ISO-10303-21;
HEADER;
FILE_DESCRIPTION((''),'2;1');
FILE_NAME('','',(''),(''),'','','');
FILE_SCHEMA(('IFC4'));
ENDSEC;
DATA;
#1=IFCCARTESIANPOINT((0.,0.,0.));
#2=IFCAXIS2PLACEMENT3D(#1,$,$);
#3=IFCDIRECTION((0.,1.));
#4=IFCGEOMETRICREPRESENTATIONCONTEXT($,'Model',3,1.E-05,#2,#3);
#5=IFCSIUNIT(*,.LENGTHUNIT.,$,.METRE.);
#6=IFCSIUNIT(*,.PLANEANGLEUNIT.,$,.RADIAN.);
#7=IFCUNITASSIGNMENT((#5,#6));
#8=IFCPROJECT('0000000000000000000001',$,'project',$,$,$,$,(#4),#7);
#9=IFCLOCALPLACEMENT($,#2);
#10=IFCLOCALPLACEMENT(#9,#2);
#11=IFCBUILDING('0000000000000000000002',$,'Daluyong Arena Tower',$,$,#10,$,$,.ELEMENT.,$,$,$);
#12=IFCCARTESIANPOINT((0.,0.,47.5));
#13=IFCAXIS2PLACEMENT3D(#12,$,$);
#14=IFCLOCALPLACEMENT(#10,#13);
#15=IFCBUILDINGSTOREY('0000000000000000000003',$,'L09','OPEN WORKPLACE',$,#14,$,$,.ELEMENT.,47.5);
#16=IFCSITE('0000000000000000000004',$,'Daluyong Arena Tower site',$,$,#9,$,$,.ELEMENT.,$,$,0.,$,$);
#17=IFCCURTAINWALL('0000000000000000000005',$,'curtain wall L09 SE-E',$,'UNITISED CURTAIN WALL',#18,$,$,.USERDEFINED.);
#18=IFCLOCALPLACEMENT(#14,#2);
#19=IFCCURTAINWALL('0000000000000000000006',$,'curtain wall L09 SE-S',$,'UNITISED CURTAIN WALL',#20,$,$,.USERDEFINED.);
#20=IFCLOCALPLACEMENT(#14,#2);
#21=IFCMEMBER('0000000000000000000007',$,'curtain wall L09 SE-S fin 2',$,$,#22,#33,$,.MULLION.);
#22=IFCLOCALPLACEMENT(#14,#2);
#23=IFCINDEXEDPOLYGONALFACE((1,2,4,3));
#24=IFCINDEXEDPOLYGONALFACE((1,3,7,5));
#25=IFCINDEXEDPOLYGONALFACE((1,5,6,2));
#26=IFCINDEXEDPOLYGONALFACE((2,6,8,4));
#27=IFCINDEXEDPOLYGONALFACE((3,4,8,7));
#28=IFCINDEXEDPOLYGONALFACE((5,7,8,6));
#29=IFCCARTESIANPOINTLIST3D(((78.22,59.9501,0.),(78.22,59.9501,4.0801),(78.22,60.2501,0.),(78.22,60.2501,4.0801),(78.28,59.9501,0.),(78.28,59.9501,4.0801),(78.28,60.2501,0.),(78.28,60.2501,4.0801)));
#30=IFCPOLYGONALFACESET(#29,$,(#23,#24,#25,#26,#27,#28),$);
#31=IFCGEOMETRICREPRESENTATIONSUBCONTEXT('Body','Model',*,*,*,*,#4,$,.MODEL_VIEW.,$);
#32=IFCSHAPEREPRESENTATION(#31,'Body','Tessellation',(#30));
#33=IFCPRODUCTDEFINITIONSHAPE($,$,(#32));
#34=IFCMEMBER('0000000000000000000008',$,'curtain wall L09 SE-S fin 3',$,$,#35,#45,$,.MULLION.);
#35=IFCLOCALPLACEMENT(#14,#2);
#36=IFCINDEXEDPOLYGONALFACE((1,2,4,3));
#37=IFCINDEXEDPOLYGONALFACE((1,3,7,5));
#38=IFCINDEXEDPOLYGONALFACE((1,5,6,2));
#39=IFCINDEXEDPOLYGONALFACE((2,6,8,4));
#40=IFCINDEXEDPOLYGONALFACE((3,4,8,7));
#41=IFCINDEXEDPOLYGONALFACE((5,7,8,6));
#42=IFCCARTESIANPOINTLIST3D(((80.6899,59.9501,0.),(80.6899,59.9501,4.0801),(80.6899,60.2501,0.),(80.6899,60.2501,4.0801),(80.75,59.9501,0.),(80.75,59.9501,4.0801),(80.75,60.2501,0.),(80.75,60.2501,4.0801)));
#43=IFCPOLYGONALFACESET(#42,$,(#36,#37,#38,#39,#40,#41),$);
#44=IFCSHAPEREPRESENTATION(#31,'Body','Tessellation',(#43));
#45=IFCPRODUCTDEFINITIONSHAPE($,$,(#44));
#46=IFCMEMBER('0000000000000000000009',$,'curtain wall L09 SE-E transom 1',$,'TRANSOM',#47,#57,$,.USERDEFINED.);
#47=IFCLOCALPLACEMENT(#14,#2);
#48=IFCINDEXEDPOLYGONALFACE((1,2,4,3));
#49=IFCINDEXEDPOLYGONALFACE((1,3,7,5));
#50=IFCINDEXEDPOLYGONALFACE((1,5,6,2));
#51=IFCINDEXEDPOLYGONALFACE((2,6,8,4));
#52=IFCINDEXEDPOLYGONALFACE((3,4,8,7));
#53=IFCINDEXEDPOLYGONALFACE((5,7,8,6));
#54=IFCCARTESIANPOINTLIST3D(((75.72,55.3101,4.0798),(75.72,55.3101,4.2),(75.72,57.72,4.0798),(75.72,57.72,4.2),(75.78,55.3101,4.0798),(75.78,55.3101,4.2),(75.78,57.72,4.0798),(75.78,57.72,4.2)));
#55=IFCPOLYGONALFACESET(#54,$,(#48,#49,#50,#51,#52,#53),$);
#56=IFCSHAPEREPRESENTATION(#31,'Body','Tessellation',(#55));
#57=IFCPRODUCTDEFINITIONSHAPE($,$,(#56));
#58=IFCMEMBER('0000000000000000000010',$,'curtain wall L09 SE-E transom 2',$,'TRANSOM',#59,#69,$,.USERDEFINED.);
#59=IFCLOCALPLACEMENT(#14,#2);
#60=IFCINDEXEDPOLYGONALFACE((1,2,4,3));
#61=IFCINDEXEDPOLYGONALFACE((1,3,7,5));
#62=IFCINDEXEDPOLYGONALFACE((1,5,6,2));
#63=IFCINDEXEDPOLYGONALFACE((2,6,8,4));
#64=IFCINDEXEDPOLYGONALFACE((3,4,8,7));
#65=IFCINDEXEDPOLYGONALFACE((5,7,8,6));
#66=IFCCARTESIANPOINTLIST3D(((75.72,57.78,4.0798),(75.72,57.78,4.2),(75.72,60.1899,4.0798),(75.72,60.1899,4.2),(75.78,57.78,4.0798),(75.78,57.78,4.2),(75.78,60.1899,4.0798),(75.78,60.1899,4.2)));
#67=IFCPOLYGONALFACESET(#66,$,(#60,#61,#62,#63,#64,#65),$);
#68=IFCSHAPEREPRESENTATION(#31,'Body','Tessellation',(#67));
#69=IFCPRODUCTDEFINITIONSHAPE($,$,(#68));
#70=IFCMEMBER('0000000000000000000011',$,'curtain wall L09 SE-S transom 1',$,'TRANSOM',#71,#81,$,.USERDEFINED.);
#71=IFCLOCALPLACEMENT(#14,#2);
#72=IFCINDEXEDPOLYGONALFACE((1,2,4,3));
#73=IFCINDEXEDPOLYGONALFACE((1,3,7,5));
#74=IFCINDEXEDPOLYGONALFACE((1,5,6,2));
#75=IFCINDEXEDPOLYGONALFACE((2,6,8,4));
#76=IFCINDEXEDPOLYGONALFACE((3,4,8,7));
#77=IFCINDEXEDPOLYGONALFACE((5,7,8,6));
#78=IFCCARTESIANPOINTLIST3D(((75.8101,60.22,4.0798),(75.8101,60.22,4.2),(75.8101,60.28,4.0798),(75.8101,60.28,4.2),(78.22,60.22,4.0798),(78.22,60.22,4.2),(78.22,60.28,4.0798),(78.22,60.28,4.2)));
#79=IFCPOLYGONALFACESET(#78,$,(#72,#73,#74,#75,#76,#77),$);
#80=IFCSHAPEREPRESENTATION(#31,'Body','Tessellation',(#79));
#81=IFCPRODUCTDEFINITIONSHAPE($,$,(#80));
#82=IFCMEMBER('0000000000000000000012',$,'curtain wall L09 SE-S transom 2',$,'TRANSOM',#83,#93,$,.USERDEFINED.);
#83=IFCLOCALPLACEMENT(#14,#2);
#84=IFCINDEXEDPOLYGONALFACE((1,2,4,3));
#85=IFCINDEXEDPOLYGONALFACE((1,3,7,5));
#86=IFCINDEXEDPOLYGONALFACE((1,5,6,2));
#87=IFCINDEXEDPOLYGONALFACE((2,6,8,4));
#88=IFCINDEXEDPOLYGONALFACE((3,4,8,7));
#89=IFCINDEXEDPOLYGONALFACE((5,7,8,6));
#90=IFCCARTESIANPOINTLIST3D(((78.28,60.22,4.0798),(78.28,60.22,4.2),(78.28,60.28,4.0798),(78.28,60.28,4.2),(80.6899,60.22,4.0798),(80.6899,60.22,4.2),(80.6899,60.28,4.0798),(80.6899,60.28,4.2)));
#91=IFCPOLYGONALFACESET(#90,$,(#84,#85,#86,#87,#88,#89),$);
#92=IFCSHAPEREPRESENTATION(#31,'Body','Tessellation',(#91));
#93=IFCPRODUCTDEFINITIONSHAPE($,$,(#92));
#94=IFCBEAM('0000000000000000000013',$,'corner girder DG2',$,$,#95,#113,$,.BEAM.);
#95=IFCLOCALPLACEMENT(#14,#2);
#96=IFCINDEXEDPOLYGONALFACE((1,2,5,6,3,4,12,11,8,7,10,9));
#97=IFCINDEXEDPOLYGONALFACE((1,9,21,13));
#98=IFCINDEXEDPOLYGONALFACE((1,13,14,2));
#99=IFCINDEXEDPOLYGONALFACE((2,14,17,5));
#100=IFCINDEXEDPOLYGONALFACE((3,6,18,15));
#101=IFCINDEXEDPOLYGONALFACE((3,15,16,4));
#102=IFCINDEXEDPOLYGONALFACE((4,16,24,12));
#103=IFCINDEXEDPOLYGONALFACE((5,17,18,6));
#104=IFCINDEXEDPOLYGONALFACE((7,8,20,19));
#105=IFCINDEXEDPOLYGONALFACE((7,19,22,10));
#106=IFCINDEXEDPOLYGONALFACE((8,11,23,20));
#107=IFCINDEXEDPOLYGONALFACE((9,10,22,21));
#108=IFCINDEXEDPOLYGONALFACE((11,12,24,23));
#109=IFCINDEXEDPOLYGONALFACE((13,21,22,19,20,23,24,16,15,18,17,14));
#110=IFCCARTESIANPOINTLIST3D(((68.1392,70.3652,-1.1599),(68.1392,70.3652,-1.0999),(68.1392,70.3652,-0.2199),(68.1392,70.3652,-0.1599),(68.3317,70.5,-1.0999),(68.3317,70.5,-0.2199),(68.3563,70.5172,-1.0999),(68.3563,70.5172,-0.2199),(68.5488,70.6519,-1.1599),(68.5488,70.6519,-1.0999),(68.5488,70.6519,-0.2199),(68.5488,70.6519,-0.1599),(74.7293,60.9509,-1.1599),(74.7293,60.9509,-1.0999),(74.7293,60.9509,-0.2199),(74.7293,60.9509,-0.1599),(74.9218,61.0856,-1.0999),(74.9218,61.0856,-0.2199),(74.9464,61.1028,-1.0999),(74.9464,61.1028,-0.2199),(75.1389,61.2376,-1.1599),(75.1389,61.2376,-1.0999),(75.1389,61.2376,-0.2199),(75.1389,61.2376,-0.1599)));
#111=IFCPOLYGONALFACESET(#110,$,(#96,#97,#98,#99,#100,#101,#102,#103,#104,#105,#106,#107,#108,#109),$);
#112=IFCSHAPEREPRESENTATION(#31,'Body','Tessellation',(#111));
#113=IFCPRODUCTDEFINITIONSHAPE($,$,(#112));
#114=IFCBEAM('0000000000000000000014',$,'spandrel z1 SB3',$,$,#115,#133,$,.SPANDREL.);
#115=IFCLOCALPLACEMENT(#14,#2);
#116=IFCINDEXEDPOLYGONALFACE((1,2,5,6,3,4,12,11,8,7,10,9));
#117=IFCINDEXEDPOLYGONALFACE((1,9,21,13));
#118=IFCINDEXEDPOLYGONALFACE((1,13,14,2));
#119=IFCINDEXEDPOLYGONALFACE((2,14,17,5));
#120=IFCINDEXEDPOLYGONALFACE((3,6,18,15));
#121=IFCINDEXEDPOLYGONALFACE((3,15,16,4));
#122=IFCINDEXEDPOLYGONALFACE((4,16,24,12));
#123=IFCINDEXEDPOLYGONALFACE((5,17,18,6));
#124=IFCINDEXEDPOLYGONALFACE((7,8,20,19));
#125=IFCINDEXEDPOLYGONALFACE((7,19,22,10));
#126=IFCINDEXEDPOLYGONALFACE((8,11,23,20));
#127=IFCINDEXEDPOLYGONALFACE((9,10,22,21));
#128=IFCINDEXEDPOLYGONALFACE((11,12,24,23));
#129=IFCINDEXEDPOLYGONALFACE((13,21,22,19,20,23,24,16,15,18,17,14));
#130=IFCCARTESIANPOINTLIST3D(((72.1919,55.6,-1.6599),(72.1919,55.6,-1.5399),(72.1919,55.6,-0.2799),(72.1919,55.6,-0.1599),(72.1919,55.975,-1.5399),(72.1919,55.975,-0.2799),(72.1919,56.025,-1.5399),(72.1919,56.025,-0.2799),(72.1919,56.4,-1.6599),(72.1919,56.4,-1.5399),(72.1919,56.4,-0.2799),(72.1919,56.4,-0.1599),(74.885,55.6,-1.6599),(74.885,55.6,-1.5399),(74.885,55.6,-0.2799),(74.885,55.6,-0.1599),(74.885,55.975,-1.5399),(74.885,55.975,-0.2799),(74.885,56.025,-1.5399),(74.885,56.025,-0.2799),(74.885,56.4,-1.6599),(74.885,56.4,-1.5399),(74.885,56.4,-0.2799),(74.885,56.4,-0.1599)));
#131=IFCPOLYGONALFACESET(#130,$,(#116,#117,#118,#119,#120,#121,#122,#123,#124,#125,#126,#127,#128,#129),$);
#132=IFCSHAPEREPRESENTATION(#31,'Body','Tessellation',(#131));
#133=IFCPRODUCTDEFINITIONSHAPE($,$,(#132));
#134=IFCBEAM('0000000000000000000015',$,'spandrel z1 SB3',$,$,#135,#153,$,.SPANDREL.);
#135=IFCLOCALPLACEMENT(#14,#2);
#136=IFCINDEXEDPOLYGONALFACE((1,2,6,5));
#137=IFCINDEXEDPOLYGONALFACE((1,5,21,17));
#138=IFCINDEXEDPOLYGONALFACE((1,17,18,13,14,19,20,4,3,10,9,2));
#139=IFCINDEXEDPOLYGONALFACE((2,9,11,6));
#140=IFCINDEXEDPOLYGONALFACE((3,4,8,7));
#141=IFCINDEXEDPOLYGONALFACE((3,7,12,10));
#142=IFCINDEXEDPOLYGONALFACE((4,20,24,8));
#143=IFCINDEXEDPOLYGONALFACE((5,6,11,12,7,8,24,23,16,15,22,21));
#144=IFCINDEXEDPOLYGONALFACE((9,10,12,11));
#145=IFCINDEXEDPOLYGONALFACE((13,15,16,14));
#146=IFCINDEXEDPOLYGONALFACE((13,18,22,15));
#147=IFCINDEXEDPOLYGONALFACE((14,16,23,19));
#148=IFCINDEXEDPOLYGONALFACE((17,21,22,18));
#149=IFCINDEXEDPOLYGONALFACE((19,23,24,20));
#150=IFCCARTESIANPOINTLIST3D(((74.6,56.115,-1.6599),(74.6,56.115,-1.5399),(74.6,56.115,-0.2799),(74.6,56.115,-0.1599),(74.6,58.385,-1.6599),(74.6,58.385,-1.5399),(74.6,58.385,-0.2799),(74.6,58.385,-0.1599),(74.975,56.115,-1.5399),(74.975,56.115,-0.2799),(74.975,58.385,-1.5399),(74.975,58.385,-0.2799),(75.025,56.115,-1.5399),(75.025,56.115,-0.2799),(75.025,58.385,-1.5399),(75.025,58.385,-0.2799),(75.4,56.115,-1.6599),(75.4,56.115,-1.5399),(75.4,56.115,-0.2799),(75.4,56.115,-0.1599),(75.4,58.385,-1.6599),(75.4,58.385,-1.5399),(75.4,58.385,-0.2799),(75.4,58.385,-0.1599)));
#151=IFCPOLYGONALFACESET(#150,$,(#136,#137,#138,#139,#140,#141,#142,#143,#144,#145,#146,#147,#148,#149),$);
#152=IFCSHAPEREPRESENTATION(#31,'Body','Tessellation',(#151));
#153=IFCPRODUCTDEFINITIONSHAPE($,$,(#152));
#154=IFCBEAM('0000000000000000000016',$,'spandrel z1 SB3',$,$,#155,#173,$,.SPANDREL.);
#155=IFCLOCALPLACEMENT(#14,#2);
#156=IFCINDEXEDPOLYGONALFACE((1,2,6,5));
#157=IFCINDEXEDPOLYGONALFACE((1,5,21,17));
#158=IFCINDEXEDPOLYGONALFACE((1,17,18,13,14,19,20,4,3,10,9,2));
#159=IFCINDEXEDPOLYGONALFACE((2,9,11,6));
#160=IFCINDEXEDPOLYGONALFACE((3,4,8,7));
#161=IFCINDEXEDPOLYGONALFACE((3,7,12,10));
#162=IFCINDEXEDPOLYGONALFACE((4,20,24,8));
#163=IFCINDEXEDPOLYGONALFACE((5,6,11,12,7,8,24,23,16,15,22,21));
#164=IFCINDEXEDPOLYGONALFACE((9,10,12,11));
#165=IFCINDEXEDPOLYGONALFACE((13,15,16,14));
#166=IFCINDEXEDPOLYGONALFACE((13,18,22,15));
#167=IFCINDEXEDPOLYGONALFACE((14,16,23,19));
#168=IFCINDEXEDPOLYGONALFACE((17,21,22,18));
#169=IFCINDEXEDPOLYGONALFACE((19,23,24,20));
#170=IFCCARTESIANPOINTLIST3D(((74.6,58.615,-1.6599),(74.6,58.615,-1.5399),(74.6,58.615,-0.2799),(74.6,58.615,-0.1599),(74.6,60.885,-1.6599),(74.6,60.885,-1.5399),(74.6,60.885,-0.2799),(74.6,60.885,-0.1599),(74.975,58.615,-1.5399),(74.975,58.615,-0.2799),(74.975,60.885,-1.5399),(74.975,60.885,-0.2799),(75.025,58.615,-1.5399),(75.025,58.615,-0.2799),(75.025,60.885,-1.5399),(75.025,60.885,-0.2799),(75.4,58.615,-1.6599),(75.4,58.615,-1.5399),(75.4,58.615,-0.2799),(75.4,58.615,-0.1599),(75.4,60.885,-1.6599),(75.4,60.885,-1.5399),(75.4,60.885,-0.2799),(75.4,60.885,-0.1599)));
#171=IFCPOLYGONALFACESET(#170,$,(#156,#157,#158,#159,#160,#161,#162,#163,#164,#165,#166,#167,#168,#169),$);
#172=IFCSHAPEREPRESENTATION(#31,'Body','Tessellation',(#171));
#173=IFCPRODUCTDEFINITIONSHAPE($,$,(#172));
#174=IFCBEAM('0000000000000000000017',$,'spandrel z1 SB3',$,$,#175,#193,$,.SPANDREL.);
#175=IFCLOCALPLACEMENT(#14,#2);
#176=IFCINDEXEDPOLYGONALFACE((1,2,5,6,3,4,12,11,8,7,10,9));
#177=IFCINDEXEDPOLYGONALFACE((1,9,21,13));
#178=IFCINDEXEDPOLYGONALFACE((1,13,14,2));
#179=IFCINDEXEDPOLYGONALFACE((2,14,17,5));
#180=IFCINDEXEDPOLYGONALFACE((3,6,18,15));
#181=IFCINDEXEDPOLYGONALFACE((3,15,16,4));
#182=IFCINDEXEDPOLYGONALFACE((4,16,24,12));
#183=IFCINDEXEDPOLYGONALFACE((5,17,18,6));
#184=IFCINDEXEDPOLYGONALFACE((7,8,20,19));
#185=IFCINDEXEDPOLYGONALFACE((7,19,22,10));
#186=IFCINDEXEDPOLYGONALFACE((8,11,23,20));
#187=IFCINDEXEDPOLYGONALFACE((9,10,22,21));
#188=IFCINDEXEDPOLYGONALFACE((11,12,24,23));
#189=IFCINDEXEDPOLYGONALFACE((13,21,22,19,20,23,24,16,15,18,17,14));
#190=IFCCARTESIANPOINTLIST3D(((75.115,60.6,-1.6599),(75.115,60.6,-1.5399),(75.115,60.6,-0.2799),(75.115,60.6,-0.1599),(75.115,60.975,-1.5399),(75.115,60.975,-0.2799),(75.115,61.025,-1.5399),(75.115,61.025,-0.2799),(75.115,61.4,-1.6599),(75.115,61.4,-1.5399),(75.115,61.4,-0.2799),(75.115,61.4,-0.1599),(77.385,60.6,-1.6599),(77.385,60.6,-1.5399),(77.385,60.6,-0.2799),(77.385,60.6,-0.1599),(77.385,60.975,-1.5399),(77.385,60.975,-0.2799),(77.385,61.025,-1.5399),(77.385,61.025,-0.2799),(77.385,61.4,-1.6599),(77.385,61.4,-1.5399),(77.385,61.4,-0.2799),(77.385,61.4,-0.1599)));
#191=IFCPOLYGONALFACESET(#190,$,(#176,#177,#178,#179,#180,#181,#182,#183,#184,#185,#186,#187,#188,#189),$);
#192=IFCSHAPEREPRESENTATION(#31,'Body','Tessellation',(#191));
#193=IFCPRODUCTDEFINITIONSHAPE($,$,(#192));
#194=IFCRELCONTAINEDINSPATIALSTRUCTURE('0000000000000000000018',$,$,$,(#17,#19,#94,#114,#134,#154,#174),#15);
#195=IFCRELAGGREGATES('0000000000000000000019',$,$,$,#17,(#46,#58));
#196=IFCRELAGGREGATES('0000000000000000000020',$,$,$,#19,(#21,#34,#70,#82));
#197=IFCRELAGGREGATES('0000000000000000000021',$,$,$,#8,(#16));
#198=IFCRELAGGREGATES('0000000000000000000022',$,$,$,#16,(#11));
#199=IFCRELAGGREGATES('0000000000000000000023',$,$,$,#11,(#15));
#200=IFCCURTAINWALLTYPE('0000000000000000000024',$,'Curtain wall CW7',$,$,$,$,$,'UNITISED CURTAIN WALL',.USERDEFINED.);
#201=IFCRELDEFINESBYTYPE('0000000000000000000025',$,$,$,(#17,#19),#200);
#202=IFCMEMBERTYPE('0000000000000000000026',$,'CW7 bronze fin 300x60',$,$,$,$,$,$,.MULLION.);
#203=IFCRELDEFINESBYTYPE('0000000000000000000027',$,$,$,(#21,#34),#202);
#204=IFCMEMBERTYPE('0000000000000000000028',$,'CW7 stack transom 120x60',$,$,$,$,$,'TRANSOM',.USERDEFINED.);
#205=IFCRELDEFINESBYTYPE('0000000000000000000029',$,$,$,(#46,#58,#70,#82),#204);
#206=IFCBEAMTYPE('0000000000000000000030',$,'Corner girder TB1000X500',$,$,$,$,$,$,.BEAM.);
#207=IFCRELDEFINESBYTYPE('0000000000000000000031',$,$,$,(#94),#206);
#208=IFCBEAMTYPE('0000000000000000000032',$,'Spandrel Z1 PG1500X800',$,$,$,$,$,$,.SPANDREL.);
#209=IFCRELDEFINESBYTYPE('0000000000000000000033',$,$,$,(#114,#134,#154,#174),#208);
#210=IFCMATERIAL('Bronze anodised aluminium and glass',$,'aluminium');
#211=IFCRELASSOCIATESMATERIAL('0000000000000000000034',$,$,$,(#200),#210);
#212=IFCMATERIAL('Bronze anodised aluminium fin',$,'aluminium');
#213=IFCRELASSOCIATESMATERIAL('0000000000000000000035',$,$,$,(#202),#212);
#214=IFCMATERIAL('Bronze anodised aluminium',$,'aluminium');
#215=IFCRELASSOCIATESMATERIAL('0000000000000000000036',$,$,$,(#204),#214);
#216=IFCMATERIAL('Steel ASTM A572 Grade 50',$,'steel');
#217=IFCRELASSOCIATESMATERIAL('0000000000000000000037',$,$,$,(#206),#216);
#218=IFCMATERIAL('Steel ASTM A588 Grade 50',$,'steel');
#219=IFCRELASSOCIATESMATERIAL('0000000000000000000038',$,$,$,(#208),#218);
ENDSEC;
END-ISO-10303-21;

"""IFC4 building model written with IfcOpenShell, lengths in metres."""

from ifc_helpers import new_model, si_unit, direction, frame, origin, origin_2d, place, context, subcontext, project, spatial, rectangle, i_section, extrude, material, material_profile, profile_set, type_object, element, aggregate, save


model = new_model("IFC4")

# Units and contexts
model_context = context("Model", 3, precision=1e-05, world=origin(), true_north=direction((0.0, 1.0)))
body_context = subcontext(model_context, "Body", "Model", "MODEL_VIEW")
ifc_project = project(units=[si_unit("LENGTHUNIT", "METRE"), si_unit("PLANEANGLEUNIT", "RADIAN")], contexts=[model_context])

# Site, building, storey
site_placement = place(None, origin())
site = spatial("IfcSite", under=ifc_project, at=site_placement, Name="Daluyong Arena Tower site", CompositionType="ELEMENT", RefElevation=0.0)
building_placement = place(site_placement, origin())
building = spatial("IfcBuilding", under=site, at=building_placement, Name="Daluyong Arena Tower", CompositionType="ELEMENT")
storey_placement = place(building_placement, frame((0.0, 0.0, 47.5)))
storey = spatial("IfcBuildingStorey", under=building, at=storey_placement, Name="L09", Description="OPEN WORKPLACE", CompositionType="ELEMENT", Elevation=47.5)

# Curtain walls, members
ifc_material_1 = material(Name="Bronze anodised aluminium and glass", Category="aluminium")
curtain_wall_type_1 = type_object("IfcCurtainWallType", Name="Curtain wall CW7", ElementType="UNITISED CURTAIN WALL", PredefinedType="USERDEFINED", material=ifc_material_1)
curtain_wall_1_placement = place(storey_placement, origin())
curtain_wall_1 = element("IfcCurtainWall", 1, at=curtain_wall_1_placement, inside=storey, type_object=curtain_wall_type_1, Name="curtain wall L09 SE-E", ObjectType="UNITISED CURTAIN WALL", PredefinedType="USERDEFINED")
ifc_material_2 = material(Name="Bronze anodised aluminium fin", Category="aluminium")
ifc_material_profile_1 = material_profile(ifc_material_2, rectangle(XDim=0.3, YDim=0.0601, at=origin_2d()))
ifc_profile_set_1 = profile_set([ifc_material_profile_1], Name="Bronze anodised aluminium fin")
member_type_1 = type_object("IfcMemberType", Name="CW7 bronze fin 300x60", PredefinedType="MULLION", material=ifc_profile_set_1)
curtain_wall_2_placement = place(storey_placement, origin())
curtain_wall_2 = element("IfcCurtainWall", 2, at=curtain_wall_2_placement, inside=storey, type_object=curtain_wall_type_1, Name="curtain wall L09 SE-S", ObjectType="UNITISED CURTAIN WALL", PredefinedType="USERDEFINED")
member_1_placement = place(storey_placement, frame((78.25, 60.1001, 0.0), z_axis=(0.0, 0.0, 1.0), x_axis=(0.0, 1.0, 0.0)))
member_1 = element("IfcMember", 3, at=member_1_placement, type_object=member_type_1, Name="curtain wall L09 SE-S fin 2", PredefinedType="MULLION", context=body_context, shape_type="SweptSolid", body=[
    extrude(rectangle(XDim=0.3, YDim=0.0601, at=origin_2d()), origin(), (0.0, 0.0, 1.0), 4.0801),
])
member_2_placement = place(storey_placement, frame((80.72, 60.1001, 0.0), z_axis=(0.0, 0.0, 1.0), x_axis=(0.0, 1.0, 0.0)))
member_2 = element("IfcMember", 4, at=member_2_placement, type_object=member_type_1, Name="curtain wall L09 SE-S fin 3", PredefinedType="MULLION", context=body_context, shape_type="SweptSolid", body=[
    extrude(rectangle(XDim=0.3, YDim=0.0601, at=origin_2d()), origin(), (0.0, 0.0, 1.0), 4.0801),
])

# Members
ifc_material_3 = material(Name="Bronze anodised aluminium", Category="aluminium")
ifc_material_profile_2 = material_profile(ifc_material_3, rectangle(XDim=0.0601, YDim=0.1201, at=origin_2d()))
ifc_profile_set_2 = profile_set([ifc_material_profile_2], Name="Bronze anodised aluminium")
member_type_2 = type_object("IfcMemberType", Name="CW7 stack transom 120x60", ElementType="TRANSOM", PredefinedType="USERDEFINED", material=ifc_profile_set_2)
member_3_placement = place(storey_placement, frame((75.75, 55.3101, 4.1399), z_axis=(0.0, 1.0, 0.0), x_axis=(-1.0, 0.0, 0.0)))
member_3 = element("IfcMember", 5, at=member_3_placement, type_object=member_type_2, Name="curtain wall L09 SE-E transom 1", ObjectType="TRANSOM", PredefinedType="USERDEFINED", context=body_context, shape_type="SweptSolid", body=[
    extrude(rectangle(XDim=0.0601, YDim=0.1201, at=origin_2d()), origin(), (0.0, 0.0, 1.0), 2.4099),
])
member_4_placement = place(storey_placement, frame((75.75, 57.78, 4.1399), z_axis=(0.0, 1.0, 0.0), x_axis=(-1.0, 0.0, 0.0)))
member_4 = element("IfcMember", 6, at=member_4_placement, type_object=member_type_2, Name="curtain wall L09 SE-E transom 2", ObjectType="TRANSOM", PredefinedType="USERDEFINED", context=body_context, shape_type="SweptSolid", body=[
    extrude(rectangle(XDim=0.0601, YDim=0.1201, at=origin_2d()), origin(), (0.0, 0.0, 1.0), 2.4099),
])
member_5_placement = place(storey_placement, frame((75.8101, 60.25, 4.1399), z_axis=(1.0, 0.0, 0.0), x_axis=(0.0, 1.0, 0.0)))
member_5 = element("IfcMember", 7, at=member_5_placement, type_object=member_type_2, Name="curtain wall L09 SE-S transom 1", ObjectType="TRANSOM", PredefinedType="USERDEFINED", context=body_context, shape_type="SweptSolid", body=[
    extrude(rectangle(XDim=0.0601, YDim=0.1201, at=origin_2d()), origin(), (0.0, 0.0, 1.0), 2.4099),
])
member_6_placement = place(storey_placement, frame((78.28, 60.25, 4.1399), z_axis=(1.0, 0.0, 0.0), x_axis=(0.0, 1.0, 0.0)))
member_6 = element("IfcMember", 8, at=member_6_placement, type_object=member_type_2, Name="curtain wall L09 SE-S transom 2", ObjectType="TRANSOM", PredefinedType="USERDEFINED", context=body_context, shape_type="SweptSolid", body=[
    extrude(rectangle(XDim=0.0601, YDim=0.1201, at=origin_2d()), origin(), (0.0, 0.0, 1.0), 2.4099),
])

# Beams
ifc_material_4 = material(Name="Steel ASTM A572 Grade 50", Category="steel")
ifc_material_profile_3 = material_profile(ifc_material_4, i_section(OverallWidth=0.5, OverallDepth=1.0, WebThickness=0.03, FlangeThickness=0.06, at=origin_2d()))
ifc_profile_set_3 = profile_set([ifc_material_profile_3], Name="Steel ASTM A572 Grade 50")
beam_type_1 = type_object("IfcBeamType", Name="Corner girder TB1000X500", PredefinedType="BEAM", material=ifc_profile_set_3)
beam_1_placement = place(storey_placement, frame((74.9341, 61.0942, -0.6599), z_axis=(-0.573467, 0.819229, 0.0), x_axis=(-0.819229, -0.573467, 0.0)))
element("IfcBeam", 9, at=beam_1_placement, inside=storey, type_object=beam_type_1, Name="corner girder DG2", PredefinedType="BEAM", context=body_context, shape_type="SweptSolid", body=[
    extrude(i_section(OverallWidth=0.5, OverallDepth=1.0, WebThickness=0.03, FlangeThickness=0.06, at=origin_2d()), origin(), (0.0, 0.0, 1.0), 11.4917),
])
ifc_material_5 = material(Name="Steel ASTM A588 Grade 50", Category="steel")
ifc_material_profile_4 = material_profile(ifc_material_5, i_section(OverallWidth=0.8, OverallDepth=1.5, WebThickness=0.05, FlangeThickness=0.12, at=origin_2d()))
ifc_profile_set_4 = profile_set([ifc_material_profile_4], Name="Steel ASTM A588 Grade 50")
beam_type_2 = type_object("IfcBeamType", Name="Spandrel Z1 PG1500X800", PredefinedType="SPANDREL", material=ifc_profile_set_4)
beam_2_placement = place(storey_placement, frame((72.1919, 56.0, -0.9099), z_axis=(1.0, 0.0, 0.0), x_axis=(0.0, 1.0, 0.0)))
element("IfcBeam", 10, at=beam_2_placement, inside=storey, type_object=beam_type_2, Name="spandrel z1 SB3", PredefinedType="SPANDREL", context=body_context, shape_type="SweptSolid", body=[
    extrude(i_section(OverallWidth=0.8, OverallDepth=1.5, WebThickness=0.05, FlangeThickness=0.12, at=origin_2d()), origin(), (0.0, 0.0, 1.0), 2.6931),
])
for number, where, z_axis, x_axis, name in (
    (11, (75.0, 56.115, -0.9099), (0.0, 1.0, 0.0), (-1.0, 0.0, 0.0), "spandrel z1 SB3"),
    (12, (75.0, 58.615, -0.9099), (0.0, 1.0, 0.0), (-1.0, 0.0, 0.0), "spandrel z1 SB3"),
    (13, (75.115, 61.0, -0.9099), (1.0, 0.0, 0.0), (0.0, 1.0, 0.0), "spandrel z1 SB3"),
):
    element("IfcBeam", number, at=place(storey_placement, frame(where, z_axis=z_axis, x_axis=x_axis)), inside=storey, type_object=beam_type_2, Name=name, PredefinedType="SPANDREL", context=body_context, shape_type="SweptSolid", body=[
        extrude(i_section(OverallWidth=0.8, OverallDepth=1.5, WebThickness=0.05, FlangeThickness=0.12, at=origin_2d()), origin(), (0.0, 0.0, 1.0), 2.27),
    ])

aggregate(curtain_wall_1, [member_3, member_4])
aggregate(curtain_wall_2, [member_1, member_2, member_5, member_6])

save(model, "model.ifc")
